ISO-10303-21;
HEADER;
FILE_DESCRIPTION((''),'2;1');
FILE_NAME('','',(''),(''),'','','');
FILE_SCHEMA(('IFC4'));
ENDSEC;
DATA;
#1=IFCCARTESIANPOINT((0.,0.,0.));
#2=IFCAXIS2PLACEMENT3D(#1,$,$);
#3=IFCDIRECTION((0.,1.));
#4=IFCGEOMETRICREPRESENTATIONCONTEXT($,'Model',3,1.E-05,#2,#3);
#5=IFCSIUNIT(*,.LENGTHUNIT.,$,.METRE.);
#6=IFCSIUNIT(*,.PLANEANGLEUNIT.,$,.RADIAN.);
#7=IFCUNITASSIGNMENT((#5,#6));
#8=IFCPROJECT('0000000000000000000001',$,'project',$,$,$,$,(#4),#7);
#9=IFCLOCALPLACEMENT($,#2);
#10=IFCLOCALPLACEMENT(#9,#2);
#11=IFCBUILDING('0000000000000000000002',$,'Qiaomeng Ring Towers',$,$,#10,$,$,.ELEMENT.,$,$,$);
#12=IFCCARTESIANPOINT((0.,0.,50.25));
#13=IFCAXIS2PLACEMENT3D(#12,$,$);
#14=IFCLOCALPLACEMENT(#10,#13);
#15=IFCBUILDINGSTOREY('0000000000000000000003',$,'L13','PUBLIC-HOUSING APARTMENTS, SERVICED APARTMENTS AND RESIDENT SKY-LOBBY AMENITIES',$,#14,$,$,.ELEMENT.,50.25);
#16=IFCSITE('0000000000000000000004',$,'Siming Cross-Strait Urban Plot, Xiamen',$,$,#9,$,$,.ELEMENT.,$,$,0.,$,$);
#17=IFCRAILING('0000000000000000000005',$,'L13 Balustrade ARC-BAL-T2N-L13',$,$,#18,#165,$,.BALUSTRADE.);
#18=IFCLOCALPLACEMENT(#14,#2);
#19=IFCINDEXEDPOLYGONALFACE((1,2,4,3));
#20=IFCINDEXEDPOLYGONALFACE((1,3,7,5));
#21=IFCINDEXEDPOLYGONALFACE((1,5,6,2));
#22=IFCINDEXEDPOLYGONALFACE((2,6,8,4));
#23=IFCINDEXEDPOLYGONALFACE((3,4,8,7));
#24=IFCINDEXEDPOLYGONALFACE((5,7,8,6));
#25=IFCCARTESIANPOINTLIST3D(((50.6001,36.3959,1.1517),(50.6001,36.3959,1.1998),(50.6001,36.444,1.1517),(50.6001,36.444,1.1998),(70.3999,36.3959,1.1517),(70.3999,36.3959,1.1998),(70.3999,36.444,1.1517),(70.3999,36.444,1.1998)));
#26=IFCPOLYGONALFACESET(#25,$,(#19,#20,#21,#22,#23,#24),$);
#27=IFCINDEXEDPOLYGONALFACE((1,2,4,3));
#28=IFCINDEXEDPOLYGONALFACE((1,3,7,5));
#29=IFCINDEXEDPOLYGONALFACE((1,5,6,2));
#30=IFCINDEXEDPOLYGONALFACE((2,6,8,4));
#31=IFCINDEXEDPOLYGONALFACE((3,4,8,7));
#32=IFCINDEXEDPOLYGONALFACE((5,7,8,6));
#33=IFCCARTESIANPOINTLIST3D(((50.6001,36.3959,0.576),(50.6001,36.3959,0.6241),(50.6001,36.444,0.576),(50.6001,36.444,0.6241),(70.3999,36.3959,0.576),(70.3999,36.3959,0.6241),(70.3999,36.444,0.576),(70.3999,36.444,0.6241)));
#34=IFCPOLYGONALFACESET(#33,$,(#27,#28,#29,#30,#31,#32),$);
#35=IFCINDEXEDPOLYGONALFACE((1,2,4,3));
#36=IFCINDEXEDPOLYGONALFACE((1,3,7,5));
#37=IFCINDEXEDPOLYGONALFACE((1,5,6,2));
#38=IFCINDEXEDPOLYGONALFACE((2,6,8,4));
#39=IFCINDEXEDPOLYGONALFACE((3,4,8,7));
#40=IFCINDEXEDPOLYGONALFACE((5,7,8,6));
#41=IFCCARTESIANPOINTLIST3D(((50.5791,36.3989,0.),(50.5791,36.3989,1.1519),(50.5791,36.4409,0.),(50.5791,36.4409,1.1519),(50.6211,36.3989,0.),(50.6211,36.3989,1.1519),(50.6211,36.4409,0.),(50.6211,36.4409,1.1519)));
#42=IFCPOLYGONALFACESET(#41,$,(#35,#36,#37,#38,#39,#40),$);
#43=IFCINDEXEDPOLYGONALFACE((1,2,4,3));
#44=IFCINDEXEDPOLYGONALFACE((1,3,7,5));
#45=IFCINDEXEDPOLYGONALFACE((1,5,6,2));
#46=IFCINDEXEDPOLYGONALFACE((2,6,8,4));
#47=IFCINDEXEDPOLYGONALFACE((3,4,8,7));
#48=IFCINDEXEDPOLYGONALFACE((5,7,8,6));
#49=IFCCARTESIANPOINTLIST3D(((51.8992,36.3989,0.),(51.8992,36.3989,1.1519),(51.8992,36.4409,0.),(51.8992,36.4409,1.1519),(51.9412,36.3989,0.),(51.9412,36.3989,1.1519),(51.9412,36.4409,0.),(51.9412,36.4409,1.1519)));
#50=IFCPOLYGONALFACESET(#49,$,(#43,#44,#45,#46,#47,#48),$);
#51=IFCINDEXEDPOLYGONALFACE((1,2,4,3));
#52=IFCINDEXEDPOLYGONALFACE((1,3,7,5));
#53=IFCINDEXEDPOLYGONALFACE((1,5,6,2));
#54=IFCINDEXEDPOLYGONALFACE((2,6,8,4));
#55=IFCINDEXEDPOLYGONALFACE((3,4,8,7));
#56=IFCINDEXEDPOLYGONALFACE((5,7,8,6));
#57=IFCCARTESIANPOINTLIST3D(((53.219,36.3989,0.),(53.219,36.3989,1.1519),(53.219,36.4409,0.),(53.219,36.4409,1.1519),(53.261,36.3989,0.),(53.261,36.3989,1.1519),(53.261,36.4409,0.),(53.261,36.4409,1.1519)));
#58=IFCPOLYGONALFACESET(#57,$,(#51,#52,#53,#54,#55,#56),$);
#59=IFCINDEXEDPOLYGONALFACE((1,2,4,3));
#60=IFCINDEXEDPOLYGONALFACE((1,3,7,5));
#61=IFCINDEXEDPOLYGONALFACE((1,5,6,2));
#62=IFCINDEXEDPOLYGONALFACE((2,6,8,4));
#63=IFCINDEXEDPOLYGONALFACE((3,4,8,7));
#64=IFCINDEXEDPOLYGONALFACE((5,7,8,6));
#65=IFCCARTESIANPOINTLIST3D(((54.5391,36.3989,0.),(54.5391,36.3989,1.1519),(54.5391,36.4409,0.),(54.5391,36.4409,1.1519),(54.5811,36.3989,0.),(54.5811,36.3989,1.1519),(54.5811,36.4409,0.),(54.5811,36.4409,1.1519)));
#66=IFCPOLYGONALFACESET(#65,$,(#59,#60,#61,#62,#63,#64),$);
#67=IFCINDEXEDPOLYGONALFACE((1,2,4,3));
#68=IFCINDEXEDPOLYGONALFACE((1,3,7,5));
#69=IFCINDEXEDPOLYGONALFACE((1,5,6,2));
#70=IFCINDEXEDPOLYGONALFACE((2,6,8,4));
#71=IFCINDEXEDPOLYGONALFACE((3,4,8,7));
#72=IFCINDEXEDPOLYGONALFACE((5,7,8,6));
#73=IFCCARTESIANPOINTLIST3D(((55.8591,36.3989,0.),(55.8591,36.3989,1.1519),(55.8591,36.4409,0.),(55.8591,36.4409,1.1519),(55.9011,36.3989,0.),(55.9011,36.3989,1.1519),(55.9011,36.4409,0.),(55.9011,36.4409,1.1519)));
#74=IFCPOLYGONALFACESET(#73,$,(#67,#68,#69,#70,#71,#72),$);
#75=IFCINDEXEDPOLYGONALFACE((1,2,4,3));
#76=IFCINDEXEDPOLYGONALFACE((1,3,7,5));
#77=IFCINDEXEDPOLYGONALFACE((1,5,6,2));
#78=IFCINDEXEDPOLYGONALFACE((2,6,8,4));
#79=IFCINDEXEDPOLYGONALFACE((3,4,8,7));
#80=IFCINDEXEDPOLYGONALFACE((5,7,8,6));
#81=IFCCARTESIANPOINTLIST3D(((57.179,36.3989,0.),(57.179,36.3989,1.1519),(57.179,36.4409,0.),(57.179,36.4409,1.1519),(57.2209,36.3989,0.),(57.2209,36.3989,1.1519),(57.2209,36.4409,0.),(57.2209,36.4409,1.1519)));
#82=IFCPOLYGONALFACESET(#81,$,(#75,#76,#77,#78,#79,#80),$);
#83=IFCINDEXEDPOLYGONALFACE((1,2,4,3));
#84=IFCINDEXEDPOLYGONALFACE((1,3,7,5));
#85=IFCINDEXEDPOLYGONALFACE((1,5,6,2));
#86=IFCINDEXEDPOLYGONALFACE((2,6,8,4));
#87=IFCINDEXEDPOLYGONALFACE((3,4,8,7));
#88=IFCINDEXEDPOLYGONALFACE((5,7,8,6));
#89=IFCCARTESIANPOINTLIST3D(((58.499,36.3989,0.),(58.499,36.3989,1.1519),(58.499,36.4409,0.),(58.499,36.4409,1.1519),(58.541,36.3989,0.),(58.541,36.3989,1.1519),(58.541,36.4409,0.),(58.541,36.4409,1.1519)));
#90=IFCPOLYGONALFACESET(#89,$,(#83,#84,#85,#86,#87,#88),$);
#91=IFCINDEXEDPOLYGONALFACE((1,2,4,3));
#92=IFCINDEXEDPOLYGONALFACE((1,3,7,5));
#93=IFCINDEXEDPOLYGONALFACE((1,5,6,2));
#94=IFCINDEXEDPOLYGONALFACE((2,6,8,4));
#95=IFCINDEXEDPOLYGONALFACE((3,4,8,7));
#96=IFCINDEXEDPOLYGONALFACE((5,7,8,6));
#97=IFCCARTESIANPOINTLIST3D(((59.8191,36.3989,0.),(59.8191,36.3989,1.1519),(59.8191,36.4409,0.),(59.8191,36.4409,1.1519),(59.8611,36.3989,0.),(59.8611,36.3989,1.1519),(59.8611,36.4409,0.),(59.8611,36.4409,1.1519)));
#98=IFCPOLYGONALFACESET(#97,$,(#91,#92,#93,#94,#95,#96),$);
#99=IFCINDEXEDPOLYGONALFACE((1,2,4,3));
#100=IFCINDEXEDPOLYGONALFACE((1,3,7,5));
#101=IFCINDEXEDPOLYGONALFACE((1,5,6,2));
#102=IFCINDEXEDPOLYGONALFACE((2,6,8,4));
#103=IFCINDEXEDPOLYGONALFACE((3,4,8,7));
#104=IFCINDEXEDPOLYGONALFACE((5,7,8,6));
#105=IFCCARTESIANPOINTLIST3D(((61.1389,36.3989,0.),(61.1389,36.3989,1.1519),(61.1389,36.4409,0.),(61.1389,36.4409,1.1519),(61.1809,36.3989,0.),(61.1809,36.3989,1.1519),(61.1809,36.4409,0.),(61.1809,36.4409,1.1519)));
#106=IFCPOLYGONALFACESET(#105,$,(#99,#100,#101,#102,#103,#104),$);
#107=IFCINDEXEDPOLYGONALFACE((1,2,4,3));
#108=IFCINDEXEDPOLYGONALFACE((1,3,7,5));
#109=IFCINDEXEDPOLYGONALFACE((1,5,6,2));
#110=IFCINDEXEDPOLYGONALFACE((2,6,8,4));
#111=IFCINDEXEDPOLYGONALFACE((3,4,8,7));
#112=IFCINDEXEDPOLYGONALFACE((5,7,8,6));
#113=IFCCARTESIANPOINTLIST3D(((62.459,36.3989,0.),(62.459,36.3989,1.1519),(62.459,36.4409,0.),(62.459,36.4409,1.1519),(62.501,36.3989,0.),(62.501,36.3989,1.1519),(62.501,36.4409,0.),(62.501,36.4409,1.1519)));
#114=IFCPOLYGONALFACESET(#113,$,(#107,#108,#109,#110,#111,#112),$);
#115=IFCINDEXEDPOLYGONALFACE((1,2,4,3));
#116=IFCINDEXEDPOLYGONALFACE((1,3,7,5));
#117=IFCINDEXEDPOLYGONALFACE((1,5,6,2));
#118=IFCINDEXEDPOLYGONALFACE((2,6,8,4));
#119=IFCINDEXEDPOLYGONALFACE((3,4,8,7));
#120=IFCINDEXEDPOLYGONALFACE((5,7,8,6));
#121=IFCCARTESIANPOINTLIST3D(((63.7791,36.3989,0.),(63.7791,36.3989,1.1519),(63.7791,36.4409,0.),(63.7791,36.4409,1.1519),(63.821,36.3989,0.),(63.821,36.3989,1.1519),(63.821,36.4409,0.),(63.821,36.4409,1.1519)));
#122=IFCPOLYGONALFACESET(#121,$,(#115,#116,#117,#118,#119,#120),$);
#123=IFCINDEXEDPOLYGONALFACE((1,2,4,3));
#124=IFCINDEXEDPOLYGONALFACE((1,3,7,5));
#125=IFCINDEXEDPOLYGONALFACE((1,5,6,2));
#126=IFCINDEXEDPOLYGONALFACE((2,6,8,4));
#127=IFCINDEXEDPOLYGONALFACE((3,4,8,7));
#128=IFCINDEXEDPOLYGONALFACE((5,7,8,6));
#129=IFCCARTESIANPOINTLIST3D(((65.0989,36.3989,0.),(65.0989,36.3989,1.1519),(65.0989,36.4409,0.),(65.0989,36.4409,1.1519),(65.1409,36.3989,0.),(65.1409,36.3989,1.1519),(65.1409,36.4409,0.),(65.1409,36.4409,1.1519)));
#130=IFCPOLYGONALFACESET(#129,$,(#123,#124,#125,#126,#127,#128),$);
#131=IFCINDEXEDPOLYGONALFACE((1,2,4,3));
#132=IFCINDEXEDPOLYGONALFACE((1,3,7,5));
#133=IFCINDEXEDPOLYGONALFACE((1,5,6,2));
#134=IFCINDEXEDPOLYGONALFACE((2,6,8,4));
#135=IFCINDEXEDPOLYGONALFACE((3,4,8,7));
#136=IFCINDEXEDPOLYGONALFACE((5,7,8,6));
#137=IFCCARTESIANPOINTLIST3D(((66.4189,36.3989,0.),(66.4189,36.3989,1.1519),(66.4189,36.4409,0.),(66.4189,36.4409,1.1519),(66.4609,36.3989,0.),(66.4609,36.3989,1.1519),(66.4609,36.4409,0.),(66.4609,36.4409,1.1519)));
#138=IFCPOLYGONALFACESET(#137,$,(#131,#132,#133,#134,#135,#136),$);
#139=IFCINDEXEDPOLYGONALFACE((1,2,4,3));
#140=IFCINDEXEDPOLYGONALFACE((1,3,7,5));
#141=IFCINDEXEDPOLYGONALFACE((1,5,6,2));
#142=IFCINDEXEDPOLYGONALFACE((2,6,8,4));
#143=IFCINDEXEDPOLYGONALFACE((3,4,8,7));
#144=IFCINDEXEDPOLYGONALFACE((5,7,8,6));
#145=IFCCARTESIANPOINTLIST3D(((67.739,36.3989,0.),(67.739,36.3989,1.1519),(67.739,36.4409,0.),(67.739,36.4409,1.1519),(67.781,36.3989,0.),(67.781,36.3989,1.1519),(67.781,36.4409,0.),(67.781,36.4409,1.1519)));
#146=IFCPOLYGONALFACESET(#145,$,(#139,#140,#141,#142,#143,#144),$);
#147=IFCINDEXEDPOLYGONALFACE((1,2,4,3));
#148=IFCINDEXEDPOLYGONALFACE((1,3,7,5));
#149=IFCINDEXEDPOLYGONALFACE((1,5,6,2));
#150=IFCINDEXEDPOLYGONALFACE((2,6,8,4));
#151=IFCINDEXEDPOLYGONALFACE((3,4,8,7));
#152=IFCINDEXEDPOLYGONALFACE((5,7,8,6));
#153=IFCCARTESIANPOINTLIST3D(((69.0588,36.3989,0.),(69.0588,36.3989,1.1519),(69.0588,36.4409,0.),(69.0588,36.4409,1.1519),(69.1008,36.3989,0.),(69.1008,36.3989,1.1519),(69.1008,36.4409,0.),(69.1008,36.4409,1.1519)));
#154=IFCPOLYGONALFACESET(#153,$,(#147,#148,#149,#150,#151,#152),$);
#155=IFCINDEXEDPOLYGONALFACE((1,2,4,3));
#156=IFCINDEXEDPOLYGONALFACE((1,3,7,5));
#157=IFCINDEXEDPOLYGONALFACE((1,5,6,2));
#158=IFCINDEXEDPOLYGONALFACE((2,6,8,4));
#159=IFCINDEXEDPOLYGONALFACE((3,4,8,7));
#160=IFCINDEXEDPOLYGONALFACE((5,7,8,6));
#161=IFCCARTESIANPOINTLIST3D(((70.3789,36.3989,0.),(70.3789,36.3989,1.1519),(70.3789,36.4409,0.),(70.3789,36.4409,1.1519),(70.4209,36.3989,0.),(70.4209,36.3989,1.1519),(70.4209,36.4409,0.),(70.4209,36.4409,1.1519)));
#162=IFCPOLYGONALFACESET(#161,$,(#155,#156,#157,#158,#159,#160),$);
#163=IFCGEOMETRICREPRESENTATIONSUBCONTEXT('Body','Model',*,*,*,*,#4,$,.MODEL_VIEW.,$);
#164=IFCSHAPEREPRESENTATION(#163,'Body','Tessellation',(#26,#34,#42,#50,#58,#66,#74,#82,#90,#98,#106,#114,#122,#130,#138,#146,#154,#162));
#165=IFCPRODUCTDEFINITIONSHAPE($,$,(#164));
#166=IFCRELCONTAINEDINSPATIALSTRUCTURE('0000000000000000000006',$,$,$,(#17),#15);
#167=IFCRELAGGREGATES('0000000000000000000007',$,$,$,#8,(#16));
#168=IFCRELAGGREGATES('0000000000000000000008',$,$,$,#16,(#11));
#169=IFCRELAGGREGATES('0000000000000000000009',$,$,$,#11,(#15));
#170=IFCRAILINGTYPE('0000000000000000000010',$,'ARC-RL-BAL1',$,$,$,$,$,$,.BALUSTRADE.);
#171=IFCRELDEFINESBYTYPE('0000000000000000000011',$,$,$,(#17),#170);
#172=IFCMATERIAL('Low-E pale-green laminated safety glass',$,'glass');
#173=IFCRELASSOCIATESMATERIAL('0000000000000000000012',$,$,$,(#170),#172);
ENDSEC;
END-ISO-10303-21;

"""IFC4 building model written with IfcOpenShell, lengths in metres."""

from ifc_helpers import new_model, si_unit, direction, frame, origin, origin_2d, place, context, subcontext, project, spatial, rectangle, extrude, material, type_object, element, save


model = new_model("IFC4")

# Units and contexts
model_context = context("Model", 3, precision=1e-05, world=origin(), true_north=direction((0.0, 1.0)))
body_context = subcontext(model_context, "Body", "Model", "MODEL_VIEW")
ifc_project = project(units=[si_unit("LENGTHUNIT", "METRE"), si_unit("PLANEANGLEUNIT", "RADIAN")], contexts=[model_context])

# Site, building, storey
site_placement = place(None, origin())
site = spatial("IfcSite", under=ifc_project, at=site_placement, Name="Siming Cross-Strait Urban Plot, Xiamen", CompositionType="ELEMENT", RefElevation=0.0)
building_placement = place(site_placement, origin())
building = spatial("IfcBuilding", under=site, at=building_placement, Name="Qiaomeng Ring Towers", CompositionType="ELEMENT")
storey_placement = place(building_placement, frame((0.0, 0.0, 50.25)))
storey = spatial("IfcBuildingStorey", under=building, at=storey_placement, Name="L13", Description="PUBLIC-HOUSING APARTMENTS, SERVICED APARTMENTS AND RESIDENT SKY-LOBBY AMENITIES", CompositionType="ELEMENT", Elevation=50.25)

# Railing
ifc_material_1 = material(Name="Low-E pale-green laminated safety glass", Category="glass")
railing_type = type_object("IfcRailingType", Name="ARC-RL-BAL1", PredefinedType="BALUSTRADE", material=ifc_material_1)
railing_1_placement = place(storey_placement, frame((50.6001, 36.4199, 0.0)))
element("IfcRailing", 1, at=railing_1_placement, inside=storey, type_object=railing_type, Name="L13 Balustrade ARC-BAL-T2N-L13", PredefinedType="BALUSTRADE", context=body_context, shape_type="SweptSolid", body=[
    extrude(rectangle(XDim=0.0481, YDim=0.0481, at=origin_2d()), frame((0.0, 0.0, 1.1758), z_axis=(1.0, 0.0, 0.0), x_axis=(0.0, 1.0, 0.0)), (0.0, 0.0, 1.0), 19.7998),
    extrude(rectangle(XDim=0.0481, YDim=0.0481, at=origin_2d()), frame((0.0, 0.0, 0.6001), z_axis=(1.0, 0.0, 0.0), x_axis=(0.0, 1.0, 0.0)), (0.0, 0.0, 1.0), 19.7998),
    extrude(rectangle(XDim=0.042, YDim=0.042, at=origin_2d()), origin(), (0.0, 0.0, 1.0), 1.1519),
    extrude(rectangle(XDim=0.042, YDim=0.042, at=origin_2d()), frame((1.3201, 0.0, 0.0)), (0.0, 0.0, 1.0), 1.1519),
    extrude(rectangle(XDim=0.042, YDim=0.042, at=origin_2d()), frame((2.6399, 0.0, 0.0)), (0.0, 0.0, 1.0), 1.1519),
    extrude(rectangle(XDim=0.042, YDim=0.042, at=origin_2d()), frame((3.96, 0.0, 0.0)), (0.0, 0.0, 1.0), 1.1519),
    extrude(rectangle(XDim=0.042, YDim=0.042, at=origin_2d()), frame((5.28, 0.0, 0.0)), (0.0, 0.0, 1.0), 1.1519),
    extrude(rectangle(XDim=0.042, YDim=0.042, at=origin_2d()), frame((6.5999, 0.0, 0.0)), (0.0, 0.0, 1.0), 1.1519),
    extrude(rectangle(XDim=0.042, YDim=0.042, at=origin_2d()), frame((7.9199, 0.0, 0.0)), (0.0, 0.0, 1.0), 1.1519),
    extrude(rectangle(XDim=0.042, YDim=0.042, at=origin_2d()), frame((9.24, 0.0, 0.0)), (0.0, 0.0, 1.0), 1.1519),
    extrude(rectangle(XDim=0.042, YDim=0.042, at=origin_2d()), frame((10.5598, 0.0, 0.0)), (0.0, 0.0, 1.0), 1.1519),
    extrude(rectangle(XDim=0.042, YDim=0.042, at=origin_2d()), frame((11.8799, 0.0, 0.0)), (0.0, 0.0, 1.0), 1.1519),
    extrude(rectangle(XDim=0.042, YDim=0.042, at=origin_2d()), frame((13.2, 0.0, 0.0)), (0.0, 0.0, 1.0), 1.1519),
    extrude(rectangle(XDim=0.042, YDim=0.042, at=origin_2d()), frame((14.5198, 0.0, 0.0)), (0.0, 0.0, 1.0), 1.1519),
    extrude(rectangle(XDim=0.042, YDim=0.042, at=origin_2d()), frame((15.8398, 0.0, 0.0)), (0.0, 0.0, 1.0), 1.1519),
    extrude(rectangle(XDim=0.042, YDim=0.042, at=origin_2d()), frame((17.1599, 0.0, 0.0)), (0.0, 0.0, 1.0), 1.1519),
    extrude(rectangle(XDim=0.042, YDim=0.042, at=origin_2d()), frame((18.4797, 0.0, 0.0)), (0.0, 0.0, 1.0), 1.1519),
    extrude(rectangle(XDim=0.042, YDim=0.042, at=origin_2d()), frame((19.7998, 0.0, 0.0)), (0.0, 0.0, 1.0), 1.1519),
])

save(model, "model.ifc")
